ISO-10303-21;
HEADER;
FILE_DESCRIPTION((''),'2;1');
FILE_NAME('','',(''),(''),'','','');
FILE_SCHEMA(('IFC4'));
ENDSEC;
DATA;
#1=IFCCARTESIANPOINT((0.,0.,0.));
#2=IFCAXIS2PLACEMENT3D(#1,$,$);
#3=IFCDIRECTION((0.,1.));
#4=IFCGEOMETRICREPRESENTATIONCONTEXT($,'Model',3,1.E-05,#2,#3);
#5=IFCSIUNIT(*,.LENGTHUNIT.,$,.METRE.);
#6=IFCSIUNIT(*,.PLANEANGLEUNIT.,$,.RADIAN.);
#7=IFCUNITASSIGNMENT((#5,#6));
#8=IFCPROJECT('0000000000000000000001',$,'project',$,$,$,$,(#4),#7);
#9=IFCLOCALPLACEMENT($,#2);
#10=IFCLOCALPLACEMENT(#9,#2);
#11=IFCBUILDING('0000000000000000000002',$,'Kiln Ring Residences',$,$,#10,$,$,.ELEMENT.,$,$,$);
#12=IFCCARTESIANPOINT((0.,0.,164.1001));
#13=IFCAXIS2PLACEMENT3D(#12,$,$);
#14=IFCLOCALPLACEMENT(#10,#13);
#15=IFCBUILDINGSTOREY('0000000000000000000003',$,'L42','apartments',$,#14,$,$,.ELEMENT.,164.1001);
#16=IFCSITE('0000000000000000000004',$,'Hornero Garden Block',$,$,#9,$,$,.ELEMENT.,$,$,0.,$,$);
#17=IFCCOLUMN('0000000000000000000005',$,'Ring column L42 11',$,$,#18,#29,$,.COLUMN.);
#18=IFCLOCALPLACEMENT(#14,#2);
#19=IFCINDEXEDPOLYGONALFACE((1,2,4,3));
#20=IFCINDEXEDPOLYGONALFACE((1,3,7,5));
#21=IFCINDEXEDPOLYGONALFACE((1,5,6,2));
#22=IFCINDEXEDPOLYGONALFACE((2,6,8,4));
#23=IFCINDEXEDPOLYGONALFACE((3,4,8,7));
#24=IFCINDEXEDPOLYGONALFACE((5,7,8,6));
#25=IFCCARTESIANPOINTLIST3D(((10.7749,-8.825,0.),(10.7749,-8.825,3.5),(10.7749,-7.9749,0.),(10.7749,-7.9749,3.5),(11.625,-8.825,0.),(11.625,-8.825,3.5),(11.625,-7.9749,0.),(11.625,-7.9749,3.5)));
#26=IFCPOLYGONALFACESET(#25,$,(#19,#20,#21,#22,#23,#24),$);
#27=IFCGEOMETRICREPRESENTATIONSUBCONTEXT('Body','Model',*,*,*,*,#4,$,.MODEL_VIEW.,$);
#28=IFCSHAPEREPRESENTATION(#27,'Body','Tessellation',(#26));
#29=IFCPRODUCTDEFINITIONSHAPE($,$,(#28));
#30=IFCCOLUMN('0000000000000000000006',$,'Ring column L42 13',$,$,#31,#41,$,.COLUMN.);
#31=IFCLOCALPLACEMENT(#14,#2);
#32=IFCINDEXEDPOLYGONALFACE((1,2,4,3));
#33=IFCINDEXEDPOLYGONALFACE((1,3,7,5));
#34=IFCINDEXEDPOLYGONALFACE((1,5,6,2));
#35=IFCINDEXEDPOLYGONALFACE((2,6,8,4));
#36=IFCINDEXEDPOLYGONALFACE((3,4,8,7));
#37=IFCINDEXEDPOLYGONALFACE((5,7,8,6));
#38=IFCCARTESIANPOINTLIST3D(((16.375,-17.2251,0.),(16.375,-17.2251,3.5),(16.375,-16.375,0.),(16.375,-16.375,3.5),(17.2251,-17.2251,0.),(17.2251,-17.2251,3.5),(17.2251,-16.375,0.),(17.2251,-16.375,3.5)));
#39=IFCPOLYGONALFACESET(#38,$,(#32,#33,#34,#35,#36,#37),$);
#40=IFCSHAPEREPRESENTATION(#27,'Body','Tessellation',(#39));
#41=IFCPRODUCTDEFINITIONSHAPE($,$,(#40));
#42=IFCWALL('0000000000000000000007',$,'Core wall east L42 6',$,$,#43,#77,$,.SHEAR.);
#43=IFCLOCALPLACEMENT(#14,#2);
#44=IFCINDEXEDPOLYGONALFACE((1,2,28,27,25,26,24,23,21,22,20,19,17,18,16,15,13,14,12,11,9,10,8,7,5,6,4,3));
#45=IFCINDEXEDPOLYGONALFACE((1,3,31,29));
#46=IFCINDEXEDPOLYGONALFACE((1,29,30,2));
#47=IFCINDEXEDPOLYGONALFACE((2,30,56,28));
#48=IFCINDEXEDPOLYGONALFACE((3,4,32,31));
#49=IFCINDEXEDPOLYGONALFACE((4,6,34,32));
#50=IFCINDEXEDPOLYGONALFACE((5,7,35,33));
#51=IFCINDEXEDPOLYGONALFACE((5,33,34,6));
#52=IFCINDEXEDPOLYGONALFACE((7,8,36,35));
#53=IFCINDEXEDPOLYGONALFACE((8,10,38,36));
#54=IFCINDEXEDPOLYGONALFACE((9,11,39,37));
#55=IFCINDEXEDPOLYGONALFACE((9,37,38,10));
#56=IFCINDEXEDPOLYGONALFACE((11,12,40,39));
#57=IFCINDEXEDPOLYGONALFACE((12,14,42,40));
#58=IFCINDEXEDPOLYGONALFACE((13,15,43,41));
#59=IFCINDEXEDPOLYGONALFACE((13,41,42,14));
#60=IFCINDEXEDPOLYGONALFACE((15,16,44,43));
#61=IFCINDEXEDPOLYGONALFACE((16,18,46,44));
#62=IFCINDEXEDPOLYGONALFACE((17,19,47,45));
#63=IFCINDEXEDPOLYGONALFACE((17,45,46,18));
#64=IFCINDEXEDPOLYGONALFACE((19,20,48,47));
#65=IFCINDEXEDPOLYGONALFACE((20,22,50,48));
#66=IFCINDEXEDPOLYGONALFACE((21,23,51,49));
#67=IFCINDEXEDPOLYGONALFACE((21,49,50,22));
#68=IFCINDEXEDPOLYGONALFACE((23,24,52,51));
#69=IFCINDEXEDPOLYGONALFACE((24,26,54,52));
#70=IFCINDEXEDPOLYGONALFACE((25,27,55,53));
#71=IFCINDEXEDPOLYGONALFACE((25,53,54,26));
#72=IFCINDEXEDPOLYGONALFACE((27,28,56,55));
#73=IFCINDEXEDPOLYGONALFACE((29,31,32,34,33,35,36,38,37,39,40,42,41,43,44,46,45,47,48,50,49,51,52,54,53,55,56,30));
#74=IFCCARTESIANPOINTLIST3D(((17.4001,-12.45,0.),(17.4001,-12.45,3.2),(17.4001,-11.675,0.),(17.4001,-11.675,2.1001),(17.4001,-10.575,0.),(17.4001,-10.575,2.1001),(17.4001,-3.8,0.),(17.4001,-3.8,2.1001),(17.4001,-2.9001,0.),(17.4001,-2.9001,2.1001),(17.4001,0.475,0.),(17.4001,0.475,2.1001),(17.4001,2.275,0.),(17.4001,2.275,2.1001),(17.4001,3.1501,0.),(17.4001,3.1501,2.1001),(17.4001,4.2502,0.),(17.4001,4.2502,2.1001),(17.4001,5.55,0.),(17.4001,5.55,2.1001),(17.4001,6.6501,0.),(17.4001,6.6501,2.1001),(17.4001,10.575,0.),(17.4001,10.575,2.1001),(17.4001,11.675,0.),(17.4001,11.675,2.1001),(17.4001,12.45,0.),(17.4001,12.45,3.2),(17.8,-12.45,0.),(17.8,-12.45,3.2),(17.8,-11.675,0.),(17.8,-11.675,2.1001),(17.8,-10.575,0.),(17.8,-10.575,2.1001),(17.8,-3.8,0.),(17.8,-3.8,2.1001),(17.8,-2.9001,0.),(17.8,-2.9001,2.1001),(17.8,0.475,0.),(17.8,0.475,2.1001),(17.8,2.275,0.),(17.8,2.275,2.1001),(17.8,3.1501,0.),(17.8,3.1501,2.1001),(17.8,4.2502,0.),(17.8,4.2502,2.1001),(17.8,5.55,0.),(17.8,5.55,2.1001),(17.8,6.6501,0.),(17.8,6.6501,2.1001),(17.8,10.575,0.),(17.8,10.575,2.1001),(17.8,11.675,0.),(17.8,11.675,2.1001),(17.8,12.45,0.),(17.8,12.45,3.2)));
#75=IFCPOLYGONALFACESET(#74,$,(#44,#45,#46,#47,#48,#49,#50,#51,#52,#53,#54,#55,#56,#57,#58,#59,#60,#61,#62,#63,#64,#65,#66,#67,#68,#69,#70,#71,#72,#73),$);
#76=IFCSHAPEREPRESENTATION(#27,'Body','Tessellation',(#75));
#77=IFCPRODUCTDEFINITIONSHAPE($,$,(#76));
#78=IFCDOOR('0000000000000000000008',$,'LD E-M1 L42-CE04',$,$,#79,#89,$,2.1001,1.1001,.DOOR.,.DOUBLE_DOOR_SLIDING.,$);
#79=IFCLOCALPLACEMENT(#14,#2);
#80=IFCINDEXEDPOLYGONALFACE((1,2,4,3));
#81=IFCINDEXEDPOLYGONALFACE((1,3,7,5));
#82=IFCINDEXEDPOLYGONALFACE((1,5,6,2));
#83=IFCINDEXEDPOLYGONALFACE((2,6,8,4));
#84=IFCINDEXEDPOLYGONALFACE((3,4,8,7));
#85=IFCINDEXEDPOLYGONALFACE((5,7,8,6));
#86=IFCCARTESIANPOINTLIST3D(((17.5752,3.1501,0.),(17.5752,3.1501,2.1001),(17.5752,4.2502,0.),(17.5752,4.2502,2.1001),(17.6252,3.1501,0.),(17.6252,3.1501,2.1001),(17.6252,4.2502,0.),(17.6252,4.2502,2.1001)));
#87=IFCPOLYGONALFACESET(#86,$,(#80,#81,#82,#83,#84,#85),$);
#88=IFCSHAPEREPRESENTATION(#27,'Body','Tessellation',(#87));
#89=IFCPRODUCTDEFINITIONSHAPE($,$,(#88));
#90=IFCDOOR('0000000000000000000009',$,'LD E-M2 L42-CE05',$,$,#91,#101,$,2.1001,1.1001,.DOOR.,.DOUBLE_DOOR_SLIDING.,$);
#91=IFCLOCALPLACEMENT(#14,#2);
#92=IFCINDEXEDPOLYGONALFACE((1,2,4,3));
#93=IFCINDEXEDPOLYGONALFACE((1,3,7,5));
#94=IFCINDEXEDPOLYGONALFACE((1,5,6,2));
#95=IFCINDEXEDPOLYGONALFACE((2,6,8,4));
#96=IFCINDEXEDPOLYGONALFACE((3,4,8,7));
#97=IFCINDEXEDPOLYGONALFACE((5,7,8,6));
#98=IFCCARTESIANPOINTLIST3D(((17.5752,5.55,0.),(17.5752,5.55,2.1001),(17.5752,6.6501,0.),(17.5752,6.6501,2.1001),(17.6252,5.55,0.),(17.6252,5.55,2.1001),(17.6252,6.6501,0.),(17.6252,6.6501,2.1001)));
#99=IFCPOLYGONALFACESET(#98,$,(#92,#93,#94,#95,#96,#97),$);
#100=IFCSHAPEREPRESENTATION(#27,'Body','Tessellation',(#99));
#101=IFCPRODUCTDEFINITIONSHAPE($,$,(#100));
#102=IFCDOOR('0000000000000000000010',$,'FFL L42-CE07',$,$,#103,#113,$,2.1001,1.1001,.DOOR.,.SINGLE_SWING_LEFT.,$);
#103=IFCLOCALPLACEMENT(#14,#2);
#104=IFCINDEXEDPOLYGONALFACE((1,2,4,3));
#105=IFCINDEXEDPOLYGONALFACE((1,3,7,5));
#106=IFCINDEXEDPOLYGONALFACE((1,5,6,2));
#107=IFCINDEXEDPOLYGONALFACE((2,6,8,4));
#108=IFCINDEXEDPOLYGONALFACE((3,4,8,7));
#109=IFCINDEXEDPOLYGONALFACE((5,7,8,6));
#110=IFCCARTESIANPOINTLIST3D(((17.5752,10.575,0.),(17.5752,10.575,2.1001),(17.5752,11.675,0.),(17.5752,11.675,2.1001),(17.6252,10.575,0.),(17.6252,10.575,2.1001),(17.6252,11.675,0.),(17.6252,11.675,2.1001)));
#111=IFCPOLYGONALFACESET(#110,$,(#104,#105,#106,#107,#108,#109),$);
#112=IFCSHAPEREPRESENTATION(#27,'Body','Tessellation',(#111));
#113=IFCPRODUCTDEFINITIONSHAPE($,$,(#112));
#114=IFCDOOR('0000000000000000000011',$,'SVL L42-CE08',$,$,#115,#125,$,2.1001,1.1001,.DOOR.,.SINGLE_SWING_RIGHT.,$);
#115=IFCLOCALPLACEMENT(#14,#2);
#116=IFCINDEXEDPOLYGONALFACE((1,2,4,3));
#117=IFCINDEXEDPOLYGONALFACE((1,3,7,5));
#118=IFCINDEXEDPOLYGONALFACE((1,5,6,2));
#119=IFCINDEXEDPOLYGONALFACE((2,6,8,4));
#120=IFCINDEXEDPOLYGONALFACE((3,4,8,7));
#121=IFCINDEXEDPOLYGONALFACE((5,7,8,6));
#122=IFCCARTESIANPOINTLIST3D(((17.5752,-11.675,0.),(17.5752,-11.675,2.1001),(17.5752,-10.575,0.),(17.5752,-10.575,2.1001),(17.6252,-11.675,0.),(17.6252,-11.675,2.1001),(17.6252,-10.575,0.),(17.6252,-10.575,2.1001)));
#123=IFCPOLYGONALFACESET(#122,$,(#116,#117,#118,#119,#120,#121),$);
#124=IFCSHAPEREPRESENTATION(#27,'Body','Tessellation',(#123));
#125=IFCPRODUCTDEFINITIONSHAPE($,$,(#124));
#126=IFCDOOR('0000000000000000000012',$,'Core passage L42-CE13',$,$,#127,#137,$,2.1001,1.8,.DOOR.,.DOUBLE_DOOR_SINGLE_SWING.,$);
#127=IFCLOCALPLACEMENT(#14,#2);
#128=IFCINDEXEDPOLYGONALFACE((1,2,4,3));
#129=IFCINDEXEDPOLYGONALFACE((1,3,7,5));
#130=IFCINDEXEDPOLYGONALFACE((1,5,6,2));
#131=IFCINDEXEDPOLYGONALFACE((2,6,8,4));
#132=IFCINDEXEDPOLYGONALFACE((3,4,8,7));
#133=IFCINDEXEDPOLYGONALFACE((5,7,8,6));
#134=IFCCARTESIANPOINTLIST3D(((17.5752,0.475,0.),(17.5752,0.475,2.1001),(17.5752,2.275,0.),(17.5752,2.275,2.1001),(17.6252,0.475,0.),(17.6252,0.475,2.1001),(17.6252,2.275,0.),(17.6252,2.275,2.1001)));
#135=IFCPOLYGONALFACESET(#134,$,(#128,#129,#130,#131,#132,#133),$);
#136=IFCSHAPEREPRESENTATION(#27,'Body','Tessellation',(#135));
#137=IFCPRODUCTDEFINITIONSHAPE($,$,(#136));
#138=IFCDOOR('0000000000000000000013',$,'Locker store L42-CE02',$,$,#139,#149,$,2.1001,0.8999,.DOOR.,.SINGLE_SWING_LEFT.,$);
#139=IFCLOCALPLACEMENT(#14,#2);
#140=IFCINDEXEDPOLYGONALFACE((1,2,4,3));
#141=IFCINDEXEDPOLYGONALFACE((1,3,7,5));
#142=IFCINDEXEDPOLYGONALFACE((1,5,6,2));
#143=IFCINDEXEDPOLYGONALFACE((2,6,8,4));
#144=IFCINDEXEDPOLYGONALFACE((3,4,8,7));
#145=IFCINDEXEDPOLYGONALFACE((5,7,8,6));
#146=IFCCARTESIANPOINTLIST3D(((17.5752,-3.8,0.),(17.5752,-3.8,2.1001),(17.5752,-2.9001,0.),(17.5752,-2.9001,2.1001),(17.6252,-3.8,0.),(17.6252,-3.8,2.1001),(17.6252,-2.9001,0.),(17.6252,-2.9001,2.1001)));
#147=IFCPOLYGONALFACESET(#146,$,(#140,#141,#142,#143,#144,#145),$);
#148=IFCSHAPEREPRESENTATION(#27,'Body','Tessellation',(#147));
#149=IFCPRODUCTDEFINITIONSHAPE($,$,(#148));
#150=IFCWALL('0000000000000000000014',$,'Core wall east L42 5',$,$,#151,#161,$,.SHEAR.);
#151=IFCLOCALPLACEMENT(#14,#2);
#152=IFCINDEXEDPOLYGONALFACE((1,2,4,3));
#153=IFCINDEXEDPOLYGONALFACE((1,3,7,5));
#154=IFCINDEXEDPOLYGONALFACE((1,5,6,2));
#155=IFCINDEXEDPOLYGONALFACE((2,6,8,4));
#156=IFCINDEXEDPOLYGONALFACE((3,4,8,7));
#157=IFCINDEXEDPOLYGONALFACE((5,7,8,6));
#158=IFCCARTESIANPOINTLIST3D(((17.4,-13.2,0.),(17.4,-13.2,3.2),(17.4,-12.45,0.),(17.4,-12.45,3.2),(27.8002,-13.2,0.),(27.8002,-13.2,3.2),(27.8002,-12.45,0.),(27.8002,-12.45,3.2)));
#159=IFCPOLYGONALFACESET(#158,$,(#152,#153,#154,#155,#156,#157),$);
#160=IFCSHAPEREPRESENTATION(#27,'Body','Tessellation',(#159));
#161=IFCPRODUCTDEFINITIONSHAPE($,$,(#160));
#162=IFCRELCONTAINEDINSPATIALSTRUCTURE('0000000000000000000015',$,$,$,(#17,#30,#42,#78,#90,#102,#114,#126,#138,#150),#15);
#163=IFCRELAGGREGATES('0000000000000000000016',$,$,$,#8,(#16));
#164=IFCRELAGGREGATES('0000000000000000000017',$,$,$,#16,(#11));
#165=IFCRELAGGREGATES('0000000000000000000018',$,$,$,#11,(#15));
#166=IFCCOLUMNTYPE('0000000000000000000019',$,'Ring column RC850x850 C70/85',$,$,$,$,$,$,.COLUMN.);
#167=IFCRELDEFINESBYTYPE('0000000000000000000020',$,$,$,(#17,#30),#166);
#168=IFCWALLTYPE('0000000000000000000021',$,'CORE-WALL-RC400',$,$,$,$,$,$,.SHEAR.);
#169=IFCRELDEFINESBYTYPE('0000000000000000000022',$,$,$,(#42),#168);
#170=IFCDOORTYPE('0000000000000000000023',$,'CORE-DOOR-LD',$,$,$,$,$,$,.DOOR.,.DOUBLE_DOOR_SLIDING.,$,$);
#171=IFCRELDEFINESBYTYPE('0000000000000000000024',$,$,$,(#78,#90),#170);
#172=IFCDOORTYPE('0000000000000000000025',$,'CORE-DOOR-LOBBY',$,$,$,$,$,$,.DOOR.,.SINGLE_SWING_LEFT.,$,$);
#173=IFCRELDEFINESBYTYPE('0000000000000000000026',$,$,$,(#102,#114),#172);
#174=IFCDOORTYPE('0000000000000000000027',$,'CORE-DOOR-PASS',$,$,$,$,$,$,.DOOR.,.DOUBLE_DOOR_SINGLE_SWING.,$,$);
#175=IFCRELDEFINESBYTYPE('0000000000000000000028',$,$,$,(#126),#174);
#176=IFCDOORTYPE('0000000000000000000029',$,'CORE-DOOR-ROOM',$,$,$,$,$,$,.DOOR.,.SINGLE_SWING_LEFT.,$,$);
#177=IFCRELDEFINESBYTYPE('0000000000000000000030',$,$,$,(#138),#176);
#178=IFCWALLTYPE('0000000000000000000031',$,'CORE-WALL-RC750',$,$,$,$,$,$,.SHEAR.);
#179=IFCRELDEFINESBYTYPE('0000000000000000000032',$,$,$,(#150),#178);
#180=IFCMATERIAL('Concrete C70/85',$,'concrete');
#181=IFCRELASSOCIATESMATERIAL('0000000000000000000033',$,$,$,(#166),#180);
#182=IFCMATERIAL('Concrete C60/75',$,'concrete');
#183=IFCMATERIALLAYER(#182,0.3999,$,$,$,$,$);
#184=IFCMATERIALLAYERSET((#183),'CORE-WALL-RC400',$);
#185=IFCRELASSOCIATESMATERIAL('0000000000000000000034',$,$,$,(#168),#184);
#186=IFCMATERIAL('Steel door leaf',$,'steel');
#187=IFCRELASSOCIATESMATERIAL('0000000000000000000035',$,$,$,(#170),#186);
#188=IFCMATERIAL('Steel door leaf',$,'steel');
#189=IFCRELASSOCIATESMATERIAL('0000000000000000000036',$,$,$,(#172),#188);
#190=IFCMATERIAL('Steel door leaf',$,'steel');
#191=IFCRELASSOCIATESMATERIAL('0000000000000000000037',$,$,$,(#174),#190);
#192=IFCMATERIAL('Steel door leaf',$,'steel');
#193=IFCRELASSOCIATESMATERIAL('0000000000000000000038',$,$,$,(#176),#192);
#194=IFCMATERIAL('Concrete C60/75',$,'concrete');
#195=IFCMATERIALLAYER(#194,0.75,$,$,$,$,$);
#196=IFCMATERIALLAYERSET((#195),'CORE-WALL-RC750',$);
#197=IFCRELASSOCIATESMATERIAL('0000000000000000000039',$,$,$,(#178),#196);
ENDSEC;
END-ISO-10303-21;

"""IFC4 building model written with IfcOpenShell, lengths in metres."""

from ifc_helpers import new_model, si_unit, direction, frame, frame_2d, origin, origin_2d, place, context, subcontext, project, spatial, rectangle, extrude, material, layer, layer_set, material_profile, profile_set, type_object, element, fill, save


model = new_model("IFC4")

# Units and contexts
model_context = context("Model", 3, precision=1e-05, world=origin(), true_north=direction((0.0, 1.0)))
body_context = subcontext(model_context, "Body", "Model", "MODEL_VIEW")
ifc_project = project(units=[si_unit("LENGTHUNIT", "METRE"), si_unit("PLANEANGLEUNIT", "RADIAN")], contexts=[model_context])

# Site, building, storey
site_placement = place(None, origin())
site = spatial("IfcSite", under=ifc_project, at=site_placement, Name="Hornero Garden Block", CompositionType="ELEMENT", RefElevation=0.0)
building_placement = place(site_placement, origin())
building = spatial("IfcBuilding", under=site, at=building_placement, Name="Kiln Ring Residences", CompositionType="ELEMENT")
storey_placement = place(building_placement, frame((0.0, 0.0, 164.1001)))
storey = spatial("IfcBuildingStorey", under=building, at=storey_placement, Name="L42", Description="apartments", CompositionType="ELEMENT", Elevation=164.1001)

# Columns
ifc_material_1 = material(Name="Concrete C70/85", Category="concrete")
ifc_material_profile = material_profile(ifc_material_1, rectangle(XDim=0.8501, YDim=0.8501, at=origin_2d()), Name="RC850x850")
ifc_profile_set = profile_set([ifc_material_profile], Name="Concrete C70/85")
column_type = type_object("IfcColumnType", Name="Ring column RC850x850 C70/85", PredefinedType="COLUMN", material=ifc_profile_set)
for number, where, z_axis, x_axis, name in (
    (1, (11.2, -8.3999, 0.0), (0.0, 0.0, 1.0), (1.0, 0.0, 0.0), "Ring column L42 11"),
    (2, (16.8, -16.8, 0.0), (0.0, 0.0, 1.0), (1.0, 0.0, 0.0), "Ring column L42 13"),
):
    element("IfcColumn", number, at=place(storey_placement, frame(where, z_axis=z_axis, x_axis=x_axis)), inside=storey, type_object=column_type, Name=name, PredefinedType="COLUMN", context=body_context, shape_type="SweptSolid", body=[
        extrude(rectangle(XDim=0.8501, YDim=0.8501, at=origin_2d()), origin(), (0.0, 0.0, 1.0), 3.5),
    ])

# Wall, openings, doors
ifc_material_2 = material(Name="Concrete C60/75", Category="concrete")
ifc_layer_1 = layer(ifc_material_2, 0.3999)
ifc_layer_set_1 = layer_set([ifc_layer_1], Name="CORE-WALL-RC400")
wall_type_1 = type_object("IfcWallType", Name="CORE-WALL-RC400", PredefinedType="SHEAR", material=ifc_layer_set_1)
wall_1_placement = place(storey_placement, frame((17.6001, -12.45, 0.0), z_axis=(0.0, 0.0, 1.0), x_axis=(0.0, 1.0, 0.0)))
wall_1 = element("IfcWall", 3, at=wall_1_placement, inside=storey, type_object=wall_type_1, Name="Core wall east L42 6", PredefinedType="SHEAR", context=body_context, shape_type="SweptSolid", body=[
    extrude(rectangle(XDim=24.8999, YDim=0.3999, at=frame_2d((12.45, 0.0))), origin(), (0.0, 0.0, 1.0), 3.2),
])
opening_1_placement = place(wall_1_placement, frame((8.6499, 0.0, 0.0)))
opening_1 = element("IfcOpeningElement", 4, at=opening_1_placement, cuts=wall_1, PredefinedType="OPENING", context=body_context, shape_type="SweptSolid", body=[
    extrude(rectangle(XDim=0.8999, YDim=2.1001, at=frame_2d((0.45, 1.05))), frame((0.0, 0.21, 0.0), z_axis=(0.0, -1.0, 0.0), x_axis=(1.0, 0.0, 0.0)), (0.0, 0.0, 1.0), 0.4199),
])
opening_2_placement = place(wall_1_placement, frame((15.6001, 0.0, 0.0)))
opening_2 = element("IfcOpeningElement", 5, at=opening_2_placement, cuts=wall_1, PredefinedType="OPENING", context=body_context, shape_type="SweptSolid", body=[
    extrude(rectangle(XDim=1.1001, YDim=2.1001, at=frame_2d((0.55, 1.05))), frame((0.0, 0.21, 0.0), z_axis=(0.0, -1.0, 0.0), x_axis=(1.0, 0.0, 0.0)), (0.0, 0.0, 1.0), 0.4199),
])
opening_3_placement = place(wall_1_placement, frame((18.0, 0.0, 0.0)))
opening_3 = element("IfcOpeningElement", 6, at=opening_3_placement, cuts=wall_1, PredefinedType="OPENING", context=body_context, shape_type="SweptSolid", body=[
    extrude(rectangle(XDim=1.1001, YDim=2.1001, at=frame_2d((0.55, 1.05))), frame((0.0, 0.21, 0.0), z_axis=(0.0, -1.0, 0.0), x_axis=(1.0, 0.0, 0.0)), (0.0, 0.0, 1.0), 0.4199),
])
opening_4_placement = place(wall_1_placement, frame((23.0249, 0.0, 0.0)))
opening_4 = element("IfcOpeningElement", 7, at=opening_4_placement, cuts=wall_1, PredefinedType="OPENING", context=body_context, shape_type="SweptSolid", body=[
    extrude(rectangle(XDim=1.1001, YDim=2.1001, at=frame_2d((0.55, 1.05))), frame((0.0, 0.21, 0.0), z_axis=(0.0, -1.0, 0.0), x_axis=(1.0, 0.0, 0.0)), (0.0, 0.0, 1.0), 0.4199),
])
opening_5_placement = place(wall_1_placement, frame((0.7749, 0.0, 0.0)))
opening_5 = element("IfcOpeningElement", 8, at=opening_5_placement, cuts=wall_1, PredefinedType="OPENING", context=body_context, shape_type="SweptSolid", body=[
    extrude(rectangle(XDim=1.1001, YDim=2.1001, at=frame_2d((0.55, 1.05))), frame((0.0, 0.21, 0.0), z_axis=(0.0, -1.0, 0.0), x_axis=(1.0, 0.0, 0.0)), (0.0, 0.0, 1.0), 0.4199),
])
opening_6_placement = place(wall_1_placement, frame((12.925, 0.0, 0.0)))
opening_6 = element("IfcOpeningElement", 9, at=opening_6_placement, cuts=wall_1, PredefinedType="OPENING", context=body_context, shape_type="SweptSolid", body=[
    extrude(rectangle(XDim=1.8, YDim=2.1001, at=frame_2d((0.8999, 1.05))), frame((0.0, 0.21, 0.0), z_axis=(0.0, -1.0, 0.0), x_axis=(1.0, 0.0, 0.0)), (0.0, 0.0, 1.0), 0.4199),
])
ifc_material_3 = material(Name="Steel door leaf", Category="steel")
door_type_1 = type_object("IfcDoorType", Name="CORE-DOOR-LD", OperationType="DOUBLE_DOOR_SLIDING", PredefinedType="DOOR", material=ifc_material_3)
door_1_placement = place(opening_2_placement, origin())
door_1 = element("IfcDoor", 10, at=door_1_placement, inside=storey, type_object=door_type_1, Name="LD E-M1 L42-CE04", OperationType="DOUBLE_DOOR_SLIDING", OverallHeight=2.1001, OverallWidth=1.1001, PredefinedType="DOOR", context=body_context, shape_type="SweptSolid", body=[
    extrude(rectangle(XDim=1.1001, YDim=2.1001, at=frame_2d((0.55, 1.05))), frame((0.0, 0.0249, 0.0), z_axis=(0.0, -1.0, 0.0), x_axis=(1.0, 0.0, 0.0)), (0.0, 0.0, 1.0), 0.05),
])
fill(opening_2, door_1)
door_2_placement = place(opening_3_placement, origin())
door_2 = element("IfcDoor", 11, at=door_2_placement, inside=storey, type_object=door_type_1, Name="LD E-M2 L42-CE05", OperationType="DOUBLE_DOOR_SLIDING", OverallHeight=2.1001, OverallWidth=1.1001, PredefinedType="DOOR", context=body_context, shape_type="SweptSolid", body=[
    extrude(rectangle(XDim=1.1001, YDim=2.1001, at=frame_2d((0.55, 1.05))), frame((0.0, 0.0249, 0.0), z_axis=(0.0, -1.0, 0.0), x_axis=(1.0, 0.0, 0.0)), (0.0, 0.0, 1.0), 0.05),
])
fill(opening_3, door_2)
ifc_material_4 = material(Name="Steel door leaf", Category="steel")
door_type_2 = type_object("IfcDoorType", Name="CORE-DOOR-LOBBY", OperationType="SINGLE_SWING_LEFT", PredefinedType="DOOR", material=ifc_material_4)
door_3_placement = place(opening_4_placement, origin())
door_3 = element("IfcDoor", 12, at=door_3_placement, inside=storey, type_object=door_type_2, Name="FFL L42-CE07", OperationType="SINGLE_SWING_LEFT", OverallHeight=2.1001, OverallWidth=1.1001, PredefinedType="DOOR", context=body_context, shape_type="SweptSolid", body=[
    extrude(rectangle(XDim=1.1001, YDim=2.1001, at=frame_2d((0.55, 1.05))), frame((0.0, 0.0249, 0.0), z_axis=(0.0, -1.0, 0.0), x_axis=(1.0, 0.0, 0.0)), (0.0, 0.0, 1.0), 0.05),
])
fill(opening_4, door_3)
door_4_placement = place(opening_5_placement, origin())
door_4 = element("IfcDoor", 13, at=door_4_placement, inside=storey, type_object=door_type_2, Name="SVL L42-CE08", OperationType="SINGLE_SWING_RIGHT", OverallHeight=2.1001, OverallWidth=1.1001, PredefinedType="DOOR", context=body_context, shape_type="SweptSolid", body=[
    extrude(rectangle(XDim=1.1001, YDim=2.1001, at=frame_2d((0.55, 1.05))), frame((0.0, 0.0249, 0.0), z_axis=(0.0, -1.0, 0.0), x_axis=(1.0, 0.0, 0.0)), (0.0, 0.0, 1.0), 0.05),
])
fill(opening_5, door_4)
ifc_material_5 = material(Name="Steel door leaf", Category="steel")
door_type_3 = type_object("IfcDoorType", Name="CORE-DOOR-PASS", OperationType="DOUBLE_DOOR_SINGLE_SWING", PredefinedType="DOOR", material=ifc_material_5)
door_5_placement = place(opening_6_placement, origin())
door_5 = element("IfcDoor", 14, at=door_5_placement, inside=storey, type_object=door_type_3, Name="Core passage L42-CE13", OperationType="DOUBLE_DOOR_SINGLE_SWING", OverallHeight=2.1001, OverallWidth=1.8, PredefinedType="DOOR", context=body_context, shape_type="SweptSolid", body=[
    extrude(rectangle(XDim=1.8, YDim=2.1001, at=frame_2d((0.8999, 1.05))), frame((0.0, 0.0249, 0.0), z_axis=(0.0, -1.0, 0.0), x_axis=(1.0, 0.0, 0.0)), (0.0, 0.0, 1.0), 0.05),
])
fill(opening_6, door_5)
ifc_material_6 = material(Name="Steel door leaf", Category="steel")
door_type_4 = type_object("IfcDoorType", Name="CORE-DOOR-ROOM", OperationType="SINGLE_SWING_LEFT", PredefinedType="DOOR", material=ifc_material_6)
door_6_placement = place(opening_1_placement, origin())
door_6 = element("IfcDoor", 15, at=door_6_placement, inside=storey, type_object=door_type_4, Name="Locker store L42-CE02", OperationType="SINGLE_SWING_LEFT", OverallHeight=2.1001, OverallWidth=0.8999, PredefinedType="DOOR", context=body_context, shape_type="SweptSolid", body=[
    extrude(rectangle(XDim=0.8999, YDim=2.1001, at=frame_2d((0.45, 1.05))), frame((0.0, 0.0249, 0.0), z_axis=(0.0, -1.0, 0.0), x_axis=(1.0, 0.0, 0.0)), (0.0, 0.0, 1.0), 0.05),
])
fill(opening_1, door_6)

# Wall
ifc_material_7 = material(Name="Concrete C60/75", Category="concrete")
ifc_layer_2 = layer(ifc_material_7, 0.75)
ifc_layer_set_2 = layer_set([ifc_layer_2], Name="CORE-WALL-RC750")
wall_type_2 = type_object("IfcWallType", Name="CORE-WALL-RC750", PredefinedType="SHEAR", material=ifc_layer_set_2)
wall_2_placement = place(storey_placement, frame((17.3999, -12.825, 0.0), z_axis=(0.0, 0.0, 1.0), x_axis=(1.0, 0.0, 0.0)))
element("IfcWall", 16, at=wall_2_placement, inside=storey, type_object=wall_type_2, Name="Core wall east L42 5", PredefinedType="SHEAR", context=body_context, shape_type="SweptSolid", body=[
    extrude(rectangle(XDim=10.4001, YDim=0.75, at=frame_2d((5.2002, 0.0))), origin(), (0.0, 0.0, 1.0), 3.2),
])

save(model, "model.ifc")
